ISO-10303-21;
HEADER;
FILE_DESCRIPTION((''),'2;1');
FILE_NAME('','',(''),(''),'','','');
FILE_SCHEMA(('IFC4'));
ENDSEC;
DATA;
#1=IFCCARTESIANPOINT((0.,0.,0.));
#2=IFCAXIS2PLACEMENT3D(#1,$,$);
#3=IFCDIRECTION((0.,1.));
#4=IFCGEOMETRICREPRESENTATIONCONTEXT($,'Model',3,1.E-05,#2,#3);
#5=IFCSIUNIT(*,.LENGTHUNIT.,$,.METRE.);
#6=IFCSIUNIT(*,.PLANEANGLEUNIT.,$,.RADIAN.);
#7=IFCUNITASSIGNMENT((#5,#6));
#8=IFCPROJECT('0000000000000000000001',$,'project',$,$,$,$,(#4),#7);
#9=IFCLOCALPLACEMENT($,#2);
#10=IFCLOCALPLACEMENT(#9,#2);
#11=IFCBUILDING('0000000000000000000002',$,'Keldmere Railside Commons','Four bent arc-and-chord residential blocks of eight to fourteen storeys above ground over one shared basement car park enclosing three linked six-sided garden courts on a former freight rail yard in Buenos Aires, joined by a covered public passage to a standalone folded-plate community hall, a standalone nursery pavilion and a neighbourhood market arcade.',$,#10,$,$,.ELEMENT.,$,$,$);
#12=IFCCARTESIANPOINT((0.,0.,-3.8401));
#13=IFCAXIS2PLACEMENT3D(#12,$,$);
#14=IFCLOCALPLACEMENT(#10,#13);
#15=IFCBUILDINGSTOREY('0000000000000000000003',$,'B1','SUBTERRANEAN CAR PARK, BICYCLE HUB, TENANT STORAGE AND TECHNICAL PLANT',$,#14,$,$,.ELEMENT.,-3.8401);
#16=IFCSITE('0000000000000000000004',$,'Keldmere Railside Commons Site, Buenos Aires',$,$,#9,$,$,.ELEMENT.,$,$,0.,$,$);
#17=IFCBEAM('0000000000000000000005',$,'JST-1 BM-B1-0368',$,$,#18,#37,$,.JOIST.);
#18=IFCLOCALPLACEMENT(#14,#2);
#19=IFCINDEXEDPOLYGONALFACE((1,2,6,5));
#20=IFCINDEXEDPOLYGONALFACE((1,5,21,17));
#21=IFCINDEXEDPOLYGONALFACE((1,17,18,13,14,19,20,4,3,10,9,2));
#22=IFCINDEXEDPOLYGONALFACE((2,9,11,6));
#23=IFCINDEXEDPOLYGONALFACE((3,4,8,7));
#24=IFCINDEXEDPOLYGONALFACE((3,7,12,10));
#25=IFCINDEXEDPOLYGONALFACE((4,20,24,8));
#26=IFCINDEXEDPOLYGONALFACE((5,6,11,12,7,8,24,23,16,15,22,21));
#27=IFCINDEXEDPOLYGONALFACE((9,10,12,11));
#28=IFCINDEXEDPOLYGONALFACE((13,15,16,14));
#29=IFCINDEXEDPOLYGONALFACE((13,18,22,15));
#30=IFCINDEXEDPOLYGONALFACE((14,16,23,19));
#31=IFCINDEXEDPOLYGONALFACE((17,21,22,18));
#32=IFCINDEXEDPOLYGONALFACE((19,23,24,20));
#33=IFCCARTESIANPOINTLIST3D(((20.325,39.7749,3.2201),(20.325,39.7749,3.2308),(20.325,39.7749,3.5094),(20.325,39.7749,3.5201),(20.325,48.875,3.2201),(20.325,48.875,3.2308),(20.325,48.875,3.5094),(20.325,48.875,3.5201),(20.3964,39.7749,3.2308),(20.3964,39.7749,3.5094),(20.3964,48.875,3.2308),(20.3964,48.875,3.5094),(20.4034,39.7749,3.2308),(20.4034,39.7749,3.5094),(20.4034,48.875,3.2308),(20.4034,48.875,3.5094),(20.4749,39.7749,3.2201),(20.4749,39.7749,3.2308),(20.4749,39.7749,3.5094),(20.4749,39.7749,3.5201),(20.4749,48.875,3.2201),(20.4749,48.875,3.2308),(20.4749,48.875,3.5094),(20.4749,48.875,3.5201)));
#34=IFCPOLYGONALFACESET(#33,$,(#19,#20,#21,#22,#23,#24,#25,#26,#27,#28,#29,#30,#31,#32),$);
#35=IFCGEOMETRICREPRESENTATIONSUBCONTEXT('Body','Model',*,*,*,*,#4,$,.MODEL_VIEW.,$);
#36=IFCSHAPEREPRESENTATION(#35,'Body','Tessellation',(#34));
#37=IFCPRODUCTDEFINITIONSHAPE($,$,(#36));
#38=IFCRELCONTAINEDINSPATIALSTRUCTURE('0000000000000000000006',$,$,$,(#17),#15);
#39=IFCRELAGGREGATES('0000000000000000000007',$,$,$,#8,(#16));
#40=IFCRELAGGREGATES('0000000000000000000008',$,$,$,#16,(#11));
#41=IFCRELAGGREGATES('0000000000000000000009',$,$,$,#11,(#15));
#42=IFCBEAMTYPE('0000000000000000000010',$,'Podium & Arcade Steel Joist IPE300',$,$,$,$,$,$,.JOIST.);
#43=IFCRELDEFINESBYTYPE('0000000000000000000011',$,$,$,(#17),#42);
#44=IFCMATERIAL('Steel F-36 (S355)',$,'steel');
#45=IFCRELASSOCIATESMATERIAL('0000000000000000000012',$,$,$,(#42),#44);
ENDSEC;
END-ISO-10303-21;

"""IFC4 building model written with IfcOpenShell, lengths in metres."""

from ifc_helpers import new_model, si_unit, direction, frame, origin, origin_2d, place, context, subcontext, project, spatial, i_section, extrude, material, material_profile, profile_set, type_object, element, save


model = new_model("IFC4")

# Units and contexts
model_context = context("Model", 3, precision=1e-05, world=origin(), true_north=direction((0.0, 1.0)))
body_context = subcontext(model_context, "Body", "Model", "MODEL_VIEW")
ifc_project = project(units=[si_unit("LENGTHUNIT", "METRE"), si_unit("PLANEANGLEUNIT", "RADIAN")], contexts=[model_context])

# Site, building, storey
site_placement = place(None, origin())
site = spatial("IfcSite", under=ifc_project, at=site_placement, Name="Keldmere Railside Commons Site, Buenos Aires", CompositionType="ELEMENT", RefElevation=0.0)
building_placement = place(site_placement, origin())
building = spatial("IfcBuilding", under=site, at=building_placement, Name="Keldmere Railside Commons", Description="Four bent arc-and-chord residential blocks of eight to fourteen storeys above ground over one shared basement car park enclosing three linked six-sided garden courts on a former freight rail yard in Buenos Aires, joined by a covered public passage to a standalone folded-plate community hall, a standalone nursery pavilion and a neighbourhood market arcade.", CompositionType="ELEMENT")
storey_placement = place(building_placement, frame((0.0, 0.0, -3.8401)))
storey = spatial("IfcBuildingStorey", under=building, at=storey_placement, Name="B1", Description="SUBTERRANEAN CAR PARK, BICYCLE HUB, TENANT STORAGE AND TECHNICAL PLANT", CompositionType="ELEMENT", Elevation=-3.8401)

# Beam
ifc_material_1 = material(Name="Steel F-36 (S355)", Category="steel")
ifc_material_profile_1 = material_profile(ifc_material_1, i_section(OverallWidth=0.1499, OverallDepth=0.3, WebThickness=0.0071, FlangeThickness=0.0107, at=origin_2d()), Name="IPE-300")
ifc_profile_set_1 = profile_set([ifc_material_profile_1], Name="Steel F-36 (S355)")
beam_type_1 = type_object("IfcBeamType", Name="Podium & Arcade Steel Joist IPE300", PredefinedType="JOIST", material=ifc_profile_set_1)
beam_1_placement = place(storey_placement, frame((20.3999, 39.7749, 3.3701), z_axis=(0.0, 1.0, 0.0), x_axis=(-1.0, 0.0, 0.0)))
element("IfcBeam", 1, at=beam_1_placement, inside=storey, type_object=beam_type_1, Name="JST-1 BM-B1-0368", PredefinedType="JOIST", context=body_context, shape_type="SweptSolid", body=[
    extrude(i_section(OverallWidth=0.1499, OverallDepth=0.3, WebThickness=0.0071, FlangeThickness=0.0107, at=origin_2d()), origin(), (0.0, 0.0, 1.0), 9.1001),
])

save(model, "model.ifc")
